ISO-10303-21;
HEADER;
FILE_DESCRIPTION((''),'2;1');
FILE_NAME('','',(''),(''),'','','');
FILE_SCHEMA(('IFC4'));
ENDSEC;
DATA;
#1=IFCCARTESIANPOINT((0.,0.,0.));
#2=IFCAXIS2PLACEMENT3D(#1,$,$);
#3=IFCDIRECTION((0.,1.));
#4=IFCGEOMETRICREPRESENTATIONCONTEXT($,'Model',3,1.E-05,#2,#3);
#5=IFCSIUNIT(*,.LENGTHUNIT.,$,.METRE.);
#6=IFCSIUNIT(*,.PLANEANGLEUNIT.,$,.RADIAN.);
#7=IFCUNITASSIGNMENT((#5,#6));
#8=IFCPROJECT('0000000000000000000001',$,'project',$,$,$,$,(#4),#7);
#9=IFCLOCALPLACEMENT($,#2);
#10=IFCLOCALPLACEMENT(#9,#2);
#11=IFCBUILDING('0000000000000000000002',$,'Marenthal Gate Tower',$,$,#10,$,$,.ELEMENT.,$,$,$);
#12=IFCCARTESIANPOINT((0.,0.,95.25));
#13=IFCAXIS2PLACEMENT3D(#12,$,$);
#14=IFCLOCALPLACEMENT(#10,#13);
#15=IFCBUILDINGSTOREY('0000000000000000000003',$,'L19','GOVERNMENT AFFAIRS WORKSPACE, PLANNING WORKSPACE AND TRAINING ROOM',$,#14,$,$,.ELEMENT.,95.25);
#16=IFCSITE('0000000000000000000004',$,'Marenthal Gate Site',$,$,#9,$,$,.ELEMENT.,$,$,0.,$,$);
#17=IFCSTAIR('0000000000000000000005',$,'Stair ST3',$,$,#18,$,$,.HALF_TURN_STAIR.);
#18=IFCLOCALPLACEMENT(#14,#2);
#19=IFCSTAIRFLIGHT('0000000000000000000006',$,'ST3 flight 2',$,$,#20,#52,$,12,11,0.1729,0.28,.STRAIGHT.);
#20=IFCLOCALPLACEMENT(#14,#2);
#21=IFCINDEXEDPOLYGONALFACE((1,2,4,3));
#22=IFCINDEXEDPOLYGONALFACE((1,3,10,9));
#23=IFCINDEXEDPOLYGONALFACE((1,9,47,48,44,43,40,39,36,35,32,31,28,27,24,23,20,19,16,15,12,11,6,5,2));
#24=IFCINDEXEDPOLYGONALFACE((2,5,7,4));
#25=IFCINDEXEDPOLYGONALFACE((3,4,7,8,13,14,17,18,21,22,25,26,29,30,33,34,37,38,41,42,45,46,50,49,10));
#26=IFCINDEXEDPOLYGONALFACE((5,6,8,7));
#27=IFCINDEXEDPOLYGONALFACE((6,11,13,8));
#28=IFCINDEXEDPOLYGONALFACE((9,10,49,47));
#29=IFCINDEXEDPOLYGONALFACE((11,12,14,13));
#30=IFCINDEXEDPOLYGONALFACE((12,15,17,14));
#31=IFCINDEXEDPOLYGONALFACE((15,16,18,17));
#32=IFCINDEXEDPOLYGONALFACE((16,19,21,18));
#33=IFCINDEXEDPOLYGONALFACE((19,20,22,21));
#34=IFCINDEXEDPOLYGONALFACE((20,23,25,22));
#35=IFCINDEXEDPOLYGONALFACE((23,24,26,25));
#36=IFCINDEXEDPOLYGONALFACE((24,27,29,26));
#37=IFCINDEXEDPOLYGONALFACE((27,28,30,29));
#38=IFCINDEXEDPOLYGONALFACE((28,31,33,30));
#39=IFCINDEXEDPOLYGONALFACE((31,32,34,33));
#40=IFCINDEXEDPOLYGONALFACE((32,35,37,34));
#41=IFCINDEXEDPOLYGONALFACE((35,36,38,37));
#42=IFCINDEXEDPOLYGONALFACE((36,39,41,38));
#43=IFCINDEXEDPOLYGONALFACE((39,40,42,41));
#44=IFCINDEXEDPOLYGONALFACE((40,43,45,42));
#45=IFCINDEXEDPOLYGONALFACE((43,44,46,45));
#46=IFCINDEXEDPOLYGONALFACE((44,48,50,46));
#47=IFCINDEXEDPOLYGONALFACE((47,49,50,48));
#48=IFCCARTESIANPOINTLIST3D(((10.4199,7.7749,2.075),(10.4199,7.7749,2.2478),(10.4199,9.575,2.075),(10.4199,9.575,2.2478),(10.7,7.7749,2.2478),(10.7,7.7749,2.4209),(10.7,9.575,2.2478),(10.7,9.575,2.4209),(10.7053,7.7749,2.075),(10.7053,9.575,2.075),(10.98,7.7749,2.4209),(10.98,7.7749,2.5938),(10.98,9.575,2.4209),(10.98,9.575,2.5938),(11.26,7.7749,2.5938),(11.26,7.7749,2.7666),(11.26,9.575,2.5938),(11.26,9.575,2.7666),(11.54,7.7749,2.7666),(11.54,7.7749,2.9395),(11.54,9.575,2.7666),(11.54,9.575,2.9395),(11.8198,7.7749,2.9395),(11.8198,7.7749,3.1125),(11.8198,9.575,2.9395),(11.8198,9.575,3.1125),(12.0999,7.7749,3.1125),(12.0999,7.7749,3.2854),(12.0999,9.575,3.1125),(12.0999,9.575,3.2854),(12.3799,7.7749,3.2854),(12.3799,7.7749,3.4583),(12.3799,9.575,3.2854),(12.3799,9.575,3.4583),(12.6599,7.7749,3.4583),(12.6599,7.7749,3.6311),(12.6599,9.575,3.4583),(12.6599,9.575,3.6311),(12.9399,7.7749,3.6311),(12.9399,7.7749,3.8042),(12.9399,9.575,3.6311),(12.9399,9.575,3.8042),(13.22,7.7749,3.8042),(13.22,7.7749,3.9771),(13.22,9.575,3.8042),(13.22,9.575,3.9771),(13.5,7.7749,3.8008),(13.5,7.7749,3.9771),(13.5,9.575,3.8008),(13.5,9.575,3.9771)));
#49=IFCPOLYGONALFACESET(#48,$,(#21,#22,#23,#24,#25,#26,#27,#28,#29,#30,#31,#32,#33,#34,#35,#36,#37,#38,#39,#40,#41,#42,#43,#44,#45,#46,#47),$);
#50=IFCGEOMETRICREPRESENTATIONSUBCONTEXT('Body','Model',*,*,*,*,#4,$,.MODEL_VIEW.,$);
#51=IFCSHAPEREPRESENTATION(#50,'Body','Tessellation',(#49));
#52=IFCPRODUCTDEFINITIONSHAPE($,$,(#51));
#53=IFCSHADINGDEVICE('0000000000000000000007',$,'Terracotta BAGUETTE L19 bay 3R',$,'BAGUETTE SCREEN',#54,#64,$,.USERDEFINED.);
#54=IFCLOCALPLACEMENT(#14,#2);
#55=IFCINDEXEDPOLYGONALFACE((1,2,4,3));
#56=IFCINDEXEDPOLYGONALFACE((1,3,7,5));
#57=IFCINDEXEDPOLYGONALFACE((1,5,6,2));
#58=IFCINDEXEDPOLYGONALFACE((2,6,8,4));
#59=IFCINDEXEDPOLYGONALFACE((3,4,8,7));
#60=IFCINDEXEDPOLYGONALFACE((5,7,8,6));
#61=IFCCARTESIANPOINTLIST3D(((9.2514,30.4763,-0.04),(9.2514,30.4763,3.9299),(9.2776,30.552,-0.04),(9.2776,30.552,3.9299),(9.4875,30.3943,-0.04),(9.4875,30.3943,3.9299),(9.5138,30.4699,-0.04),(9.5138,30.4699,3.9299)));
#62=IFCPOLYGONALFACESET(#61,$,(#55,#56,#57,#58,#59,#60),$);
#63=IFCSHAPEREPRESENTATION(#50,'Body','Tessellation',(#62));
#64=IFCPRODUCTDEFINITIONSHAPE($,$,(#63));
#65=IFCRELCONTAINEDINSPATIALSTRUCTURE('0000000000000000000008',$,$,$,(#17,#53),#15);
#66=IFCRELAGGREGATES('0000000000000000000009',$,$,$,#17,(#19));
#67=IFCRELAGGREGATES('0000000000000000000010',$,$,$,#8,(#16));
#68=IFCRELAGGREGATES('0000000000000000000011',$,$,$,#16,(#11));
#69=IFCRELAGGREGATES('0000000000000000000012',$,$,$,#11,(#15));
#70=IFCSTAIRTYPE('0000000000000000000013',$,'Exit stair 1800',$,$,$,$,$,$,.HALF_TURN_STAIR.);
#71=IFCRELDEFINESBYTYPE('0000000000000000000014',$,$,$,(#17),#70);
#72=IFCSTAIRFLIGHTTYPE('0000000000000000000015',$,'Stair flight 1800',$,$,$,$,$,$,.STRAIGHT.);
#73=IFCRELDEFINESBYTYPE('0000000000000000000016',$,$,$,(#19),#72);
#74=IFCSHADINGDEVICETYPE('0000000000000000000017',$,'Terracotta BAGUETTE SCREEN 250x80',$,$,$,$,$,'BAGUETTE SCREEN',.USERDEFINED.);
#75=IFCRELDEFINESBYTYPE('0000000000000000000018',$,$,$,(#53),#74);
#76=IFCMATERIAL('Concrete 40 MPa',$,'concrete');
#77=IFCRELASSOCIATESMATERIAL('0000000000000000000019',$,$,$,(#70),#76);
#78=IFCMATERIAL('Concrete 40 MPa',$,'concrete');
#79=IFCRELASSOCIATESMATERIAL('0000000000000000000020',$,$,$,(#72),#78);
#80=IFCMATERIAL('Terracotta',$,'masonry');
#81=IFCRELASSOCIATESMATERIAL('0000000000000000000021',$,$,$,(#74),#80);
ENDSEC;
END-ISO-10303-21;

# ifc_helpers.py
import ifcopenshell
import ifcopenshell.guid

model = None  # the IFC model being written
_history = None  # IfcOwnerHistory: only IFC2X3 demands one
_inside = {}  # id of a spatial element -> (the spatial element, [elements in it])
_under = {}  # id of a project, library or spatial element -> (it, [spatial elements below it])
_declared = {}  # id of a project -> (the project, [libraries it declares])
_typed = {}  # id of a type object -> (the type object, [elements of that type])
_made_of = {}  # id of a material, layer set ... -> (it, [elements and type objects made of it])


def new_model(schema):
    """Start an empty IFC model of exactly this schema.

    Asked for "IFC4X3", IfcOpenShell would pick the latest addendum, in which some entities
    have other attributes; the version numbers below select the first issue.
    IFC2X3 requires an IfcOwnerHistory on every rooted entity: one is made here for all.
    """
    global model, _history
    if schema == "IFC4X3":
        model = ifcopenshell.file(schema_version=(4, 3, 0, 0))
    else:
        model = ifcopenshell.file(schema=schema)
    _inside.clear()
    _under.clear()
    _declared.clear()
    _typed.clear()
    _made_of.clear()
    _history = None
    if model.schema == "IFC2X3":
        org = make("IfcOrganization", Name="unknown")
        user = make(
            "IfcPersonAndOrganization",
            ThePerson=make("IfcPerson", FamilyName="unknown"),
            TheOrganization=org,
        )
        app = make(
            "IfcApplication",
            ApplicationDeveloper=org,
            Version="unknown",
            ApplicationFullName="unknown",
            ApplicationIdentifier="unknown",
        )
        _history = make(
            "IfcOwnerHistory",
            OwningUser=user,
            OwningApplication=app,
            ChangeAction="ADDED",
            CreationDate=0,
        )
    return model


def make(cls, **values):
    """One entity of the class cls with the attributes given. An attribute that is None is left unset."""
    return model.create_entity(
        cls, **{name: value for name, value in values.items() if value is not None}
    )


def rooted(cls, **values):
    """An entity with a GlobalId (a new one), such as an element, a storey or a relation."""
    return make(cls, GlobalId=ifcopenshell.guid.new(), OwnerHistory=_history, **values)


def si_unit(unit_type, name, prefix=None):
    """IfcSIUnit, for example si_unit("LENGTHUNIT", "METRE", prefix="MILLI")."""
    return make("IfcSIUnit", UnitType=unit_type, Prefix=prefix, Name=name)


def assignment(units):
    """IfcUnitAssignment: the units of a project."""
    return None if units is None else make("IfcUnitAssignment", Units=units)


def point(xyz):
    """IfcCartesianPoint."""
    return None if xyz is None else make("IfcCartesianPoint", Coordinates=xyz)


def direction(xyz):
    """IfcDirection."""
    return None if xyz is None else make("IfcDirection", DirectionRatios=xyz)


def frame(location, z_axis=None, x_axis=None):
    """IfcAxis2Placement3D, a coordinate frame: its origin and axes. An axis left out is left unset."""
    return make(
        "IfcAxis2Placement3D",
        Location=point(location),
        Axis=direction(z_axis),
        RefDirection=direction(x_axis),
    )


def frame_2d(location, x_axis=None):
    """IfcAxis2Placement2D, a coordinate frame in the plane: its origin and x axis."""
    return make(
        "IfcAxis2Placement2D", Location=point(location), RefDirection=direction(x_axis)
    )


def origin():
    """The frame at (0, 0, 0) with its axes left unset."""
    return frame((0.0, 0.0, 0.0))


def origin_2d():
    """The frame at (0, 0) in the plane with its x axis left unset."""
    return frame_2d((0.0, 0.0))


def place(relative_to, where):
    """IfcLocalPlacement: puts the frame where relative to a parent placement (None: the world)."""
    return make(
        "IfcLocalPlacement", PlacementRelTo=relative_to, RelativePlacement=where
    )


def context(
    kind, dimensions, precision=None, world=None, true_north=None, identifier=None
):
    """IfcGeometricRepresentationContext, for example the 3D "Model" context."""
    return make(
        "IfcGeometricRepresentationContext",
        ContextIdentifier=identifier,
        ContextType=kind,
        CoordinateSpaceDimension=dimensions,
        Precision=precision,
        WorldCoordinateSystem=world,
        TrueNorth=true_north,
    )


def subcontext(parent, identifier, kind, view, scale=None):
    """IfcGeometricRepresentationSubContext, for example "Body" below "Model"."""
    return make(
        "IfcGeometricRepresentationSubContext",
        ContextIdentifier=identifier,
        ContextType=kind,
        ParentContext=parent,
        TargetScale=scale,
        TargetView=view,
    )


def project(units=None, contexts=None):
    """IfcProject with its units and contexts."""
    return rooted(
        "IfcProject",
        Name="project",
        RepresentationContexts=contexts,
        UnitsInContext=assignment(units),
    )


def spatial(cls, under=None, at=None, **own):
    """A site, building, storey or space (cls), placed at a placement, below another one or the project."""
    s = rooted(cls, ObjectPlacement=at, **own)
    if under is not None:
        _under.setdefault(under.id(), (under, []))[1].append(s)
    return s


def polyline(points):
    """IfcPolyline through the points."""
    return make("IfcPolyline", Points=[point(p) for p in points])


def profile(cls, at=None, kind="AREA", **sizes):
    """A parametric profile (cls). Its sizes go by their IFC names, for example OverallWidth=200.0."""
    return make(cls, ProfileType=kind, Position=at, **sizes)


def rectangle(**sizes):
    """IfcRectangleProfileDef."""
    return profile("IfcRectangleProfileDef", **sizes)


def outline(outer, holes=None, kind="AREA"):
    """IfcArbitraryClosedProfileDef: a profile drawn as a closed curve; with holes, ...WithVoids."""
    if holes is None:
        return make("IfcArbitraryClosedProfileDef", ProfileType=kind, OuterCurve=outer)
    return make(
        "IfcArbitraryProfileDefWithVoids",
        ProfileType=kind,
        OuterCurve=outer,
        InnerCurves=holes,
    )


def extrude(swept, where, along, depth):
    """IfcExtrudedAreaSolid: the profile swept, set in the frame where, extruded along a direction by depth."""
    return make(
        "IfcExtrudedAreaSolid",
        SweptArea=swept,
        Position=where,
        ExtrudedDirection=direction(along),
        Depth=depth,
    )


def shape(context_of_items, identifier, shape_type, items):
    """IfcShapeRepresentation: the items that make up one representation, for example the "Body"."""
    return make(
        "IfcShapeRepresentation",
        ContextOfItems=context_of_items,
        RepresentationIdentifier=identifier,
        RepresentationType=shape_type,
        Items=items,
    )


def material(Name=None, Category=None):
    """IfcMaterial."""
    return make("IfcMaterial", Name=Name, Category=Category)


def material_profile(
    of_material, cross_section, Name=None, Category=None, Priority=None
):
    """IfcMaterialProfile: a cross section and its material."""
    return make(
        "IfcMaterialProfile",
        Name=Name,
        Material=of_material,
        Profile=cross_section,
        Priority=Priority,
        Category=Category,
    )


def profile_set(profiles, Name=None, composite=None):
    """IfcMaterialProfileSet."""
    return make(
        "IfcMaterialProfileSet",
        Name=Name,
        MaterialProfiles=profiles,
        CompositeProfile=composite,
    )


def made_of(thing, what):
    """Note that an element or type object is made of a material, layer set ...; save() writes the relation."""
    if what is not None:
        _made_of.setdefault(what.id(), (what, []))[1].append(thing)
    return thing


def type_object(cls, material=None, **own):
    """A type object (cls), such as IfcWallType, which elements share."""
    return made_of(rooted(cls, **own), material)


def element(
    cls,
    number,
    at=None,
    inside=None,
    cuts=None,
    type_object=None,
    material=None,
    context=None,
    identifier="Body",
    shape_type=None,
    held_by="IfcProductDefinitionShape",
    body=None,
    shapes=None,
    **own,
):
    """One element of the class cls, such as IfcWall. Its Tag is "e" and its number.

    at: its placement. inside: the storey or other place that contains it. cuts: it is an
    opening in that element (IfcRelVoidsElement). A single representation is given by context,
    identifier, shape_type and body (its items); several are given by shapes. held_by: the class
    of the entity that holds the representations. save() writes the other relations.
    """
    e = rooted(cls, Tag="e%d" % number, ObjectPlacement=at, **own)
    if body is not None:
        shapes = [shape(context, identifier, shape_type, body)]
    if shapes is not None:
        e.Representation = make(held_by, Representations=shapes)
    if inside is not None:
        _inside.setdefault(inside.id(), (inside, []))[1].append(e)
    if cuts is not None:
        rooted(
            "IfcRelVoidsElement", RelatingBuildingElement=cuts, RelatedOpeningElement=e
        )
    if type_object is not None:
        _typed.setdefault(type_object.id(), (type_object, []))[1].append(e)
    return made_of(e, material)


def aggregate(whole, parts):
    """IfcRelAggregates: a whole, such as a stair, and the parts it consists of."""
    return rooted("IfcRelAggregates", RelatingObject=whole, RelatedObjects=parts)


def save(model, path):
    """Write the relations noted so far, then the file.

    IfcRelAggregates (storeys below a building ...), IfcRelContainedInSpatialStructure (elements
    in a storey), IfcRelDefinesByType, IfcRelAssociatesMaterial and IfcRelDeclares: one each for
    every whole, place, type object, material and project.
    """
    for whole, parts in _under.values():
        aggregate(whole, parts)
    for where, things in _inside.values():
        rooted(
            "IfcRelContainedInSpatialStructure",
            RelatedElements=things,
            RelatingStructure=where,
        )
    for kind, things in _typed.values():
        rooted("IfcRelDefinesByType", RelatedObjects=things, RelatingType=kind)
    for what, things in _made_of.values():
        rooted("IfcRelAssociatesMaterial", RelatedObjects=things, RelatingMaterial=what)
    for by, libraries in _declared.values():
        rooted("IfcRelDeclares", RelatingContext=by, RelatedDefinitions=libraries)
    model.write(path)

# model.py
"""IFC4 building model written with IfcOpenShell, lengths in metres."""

from ifc_helpers import new_model, si_unit, direction, frame, origin, origin_2d, place, context, subcontext, project, spatial, polyline, rectangle, outline, extrude, material, material_profile, profile_set, type_object, element, aggregate, save


model = new_model("IFC4")

# Units and contexts
model_context = context("Model", 3, precision=1e-05, world=origin(), true_north=direction((0.0, 1.0)))
body_context = subcontext(model_context, "Body", "Model", "MODEL_VIEW")
ifc_project = project(units=[si_unit("LENGTHUNIT", "METRE"), si_unit("PLANEANGLEUNIT", "RADIAN")], contexts=[model_context])

# Site, building, storey
site_placement = place(None, origin())
site = spatial("IfcSite", under=ifc_project, at=site_placement, Name="Marenthal Gate Site", CompositionType="ELEMENT", RefElevation=0.0)
building_placement = place(site_placement, origin())
building = spatial("IfcBuilding", under=site, at=building_placement, Name="Marenthal Gate Tower", CompositionType="ELEMENT")
storey_placement = place(building_placement, frame((0.0, 0.0, 95.25)))
storey = spatial("IfcBuildingStorey", under=building, at=storey_placement, Name="L19", Description="GOVERNMENT AFFAIRS WORKSPACE, PLANNING WORKSPACE AND TRAINING ROOM", CompositionType="ELEMENT", Elevation=95.25)

# Stair
ifc_material_1 = material(Name="Concrete 40 MPa", Category="concrete")
stair_type = type_object("IfcStairType", Name="Exit stair 1800", PredefinedType="HALF_TURN_STAIR", material=ifc_material_1)
stair_1_placement = place(storey_placement, origin())
stair_1 = element("IfcStair", 1, at=stair_1_placement, inside=storey, type_object=stair_type, Name="Stair ST3", PredefinedType="HALF_TURN_STAIR")

# Stair flight
ifc_material_2 = material(Name="Concrete 40 MPa", Category="concrete")
stair_flight_type = type_object("IfcStairFlightType", Name="Stair flight 1800", PredefinedType="STRAIGHT", material=ifc_material_2)
stair_flight_1_placement = place(storey_placement, frame((10.4199, 8.675, 2.075), z_axis=(0.0, 0.0, 1.0), x_axis=(1.0, 0.0, 0.0)))
stair_flight_1 = element("IfcStairFlight", 2, at=stair_flight_1_placement, type_object=stair_flight_type, Name="ST3 flight 2", NumberOfRisers=12, NumberOfTreads=11, PredefinedType="STRAIGHT", RiserHeight=0.1729, TreadLength=0.28, context=body_context, shape_type="SweptSolid", body=[
    extrude(outline(polyline([(0.0, 0.0), (0.0, 0.1729), (0.28, 0.1729), (0.28, 0.3459), (0.5601, 0.3459), (0.5601, 0.5188), (0.8401, 0.5188), (0.8401, 0.6917), (1.1201, 0.6917), (1.1201, 0.8645), (1.3999, 0.8645), (1.3999, 1.0376), (1.6799, 1.0376), (1.6799, 1.2104), (1.96, 1.2104), (1.96, 1.3833), (2.24, 1.3833), (2.24, 1.5562), (2.52, 1.5562), (2.52, 1.7292), (2.8, 1.7292), (2.8, 1.9021), (3.0801, 1.9021), (3.0801, 2.075), (3.0801, 1.7258), (0.2854, 0.0), (0.0, 0.0)])), frame((0.0, 0.8999, 0.0), z_axis=(0.0, -1.0, 0.0), x_axis=(1.0, 0.0, 0.0)), (0.0, 0.0, 1.0), 1.8),
])
aggregate(stair_1, [stair_flight_1])

# Shading device
ifc_material_3 = material(Name="Terracotta", Category="masonry")
ifc_material_profile_1 = material_profile(ifc_material_3, rectangle(XDim=0.25, YDim=0.0801, at=origin_2d()), Name="Terracotta baguette 250x80")
ifc_profile_set_1 = profile_set([ifc_material_profile_1], Name="Terracotta")
shading_device_type = type_object("IfcShadingDeviceType", Name="Terracotta BAGUETTE SCREEN 250x80", ElementType="BAGUETTE SCREEN", PredefinedType="USERDEFINED", material=ifc_profile_set_1)
shading_device_placement = place(storey_placement, frame((9.3826, 30.4731, -0.04), z_axis=(0.0, 0.0, 1.0), x_axis=(-0.944614, 0.328183, 0.0)))
element("IfcShadingDevice", 3, at=shading_device_placement, inside=storey, type_object=shading_device_type, Name="Terracotta BAGUETTE L19 bay 3R", ObjectType="BAGUETTE SCREEN", PredefinedType="USERDEFINED", context=body_context, shape_type="SweptSolid", body=[
    extrude(rectangle(XDim=0.25, YDim=0.0801, at=origin_2d()), origin(), (0.0, 0.0, 1.0), 3.97),
])

save(model, "model.ifc")
